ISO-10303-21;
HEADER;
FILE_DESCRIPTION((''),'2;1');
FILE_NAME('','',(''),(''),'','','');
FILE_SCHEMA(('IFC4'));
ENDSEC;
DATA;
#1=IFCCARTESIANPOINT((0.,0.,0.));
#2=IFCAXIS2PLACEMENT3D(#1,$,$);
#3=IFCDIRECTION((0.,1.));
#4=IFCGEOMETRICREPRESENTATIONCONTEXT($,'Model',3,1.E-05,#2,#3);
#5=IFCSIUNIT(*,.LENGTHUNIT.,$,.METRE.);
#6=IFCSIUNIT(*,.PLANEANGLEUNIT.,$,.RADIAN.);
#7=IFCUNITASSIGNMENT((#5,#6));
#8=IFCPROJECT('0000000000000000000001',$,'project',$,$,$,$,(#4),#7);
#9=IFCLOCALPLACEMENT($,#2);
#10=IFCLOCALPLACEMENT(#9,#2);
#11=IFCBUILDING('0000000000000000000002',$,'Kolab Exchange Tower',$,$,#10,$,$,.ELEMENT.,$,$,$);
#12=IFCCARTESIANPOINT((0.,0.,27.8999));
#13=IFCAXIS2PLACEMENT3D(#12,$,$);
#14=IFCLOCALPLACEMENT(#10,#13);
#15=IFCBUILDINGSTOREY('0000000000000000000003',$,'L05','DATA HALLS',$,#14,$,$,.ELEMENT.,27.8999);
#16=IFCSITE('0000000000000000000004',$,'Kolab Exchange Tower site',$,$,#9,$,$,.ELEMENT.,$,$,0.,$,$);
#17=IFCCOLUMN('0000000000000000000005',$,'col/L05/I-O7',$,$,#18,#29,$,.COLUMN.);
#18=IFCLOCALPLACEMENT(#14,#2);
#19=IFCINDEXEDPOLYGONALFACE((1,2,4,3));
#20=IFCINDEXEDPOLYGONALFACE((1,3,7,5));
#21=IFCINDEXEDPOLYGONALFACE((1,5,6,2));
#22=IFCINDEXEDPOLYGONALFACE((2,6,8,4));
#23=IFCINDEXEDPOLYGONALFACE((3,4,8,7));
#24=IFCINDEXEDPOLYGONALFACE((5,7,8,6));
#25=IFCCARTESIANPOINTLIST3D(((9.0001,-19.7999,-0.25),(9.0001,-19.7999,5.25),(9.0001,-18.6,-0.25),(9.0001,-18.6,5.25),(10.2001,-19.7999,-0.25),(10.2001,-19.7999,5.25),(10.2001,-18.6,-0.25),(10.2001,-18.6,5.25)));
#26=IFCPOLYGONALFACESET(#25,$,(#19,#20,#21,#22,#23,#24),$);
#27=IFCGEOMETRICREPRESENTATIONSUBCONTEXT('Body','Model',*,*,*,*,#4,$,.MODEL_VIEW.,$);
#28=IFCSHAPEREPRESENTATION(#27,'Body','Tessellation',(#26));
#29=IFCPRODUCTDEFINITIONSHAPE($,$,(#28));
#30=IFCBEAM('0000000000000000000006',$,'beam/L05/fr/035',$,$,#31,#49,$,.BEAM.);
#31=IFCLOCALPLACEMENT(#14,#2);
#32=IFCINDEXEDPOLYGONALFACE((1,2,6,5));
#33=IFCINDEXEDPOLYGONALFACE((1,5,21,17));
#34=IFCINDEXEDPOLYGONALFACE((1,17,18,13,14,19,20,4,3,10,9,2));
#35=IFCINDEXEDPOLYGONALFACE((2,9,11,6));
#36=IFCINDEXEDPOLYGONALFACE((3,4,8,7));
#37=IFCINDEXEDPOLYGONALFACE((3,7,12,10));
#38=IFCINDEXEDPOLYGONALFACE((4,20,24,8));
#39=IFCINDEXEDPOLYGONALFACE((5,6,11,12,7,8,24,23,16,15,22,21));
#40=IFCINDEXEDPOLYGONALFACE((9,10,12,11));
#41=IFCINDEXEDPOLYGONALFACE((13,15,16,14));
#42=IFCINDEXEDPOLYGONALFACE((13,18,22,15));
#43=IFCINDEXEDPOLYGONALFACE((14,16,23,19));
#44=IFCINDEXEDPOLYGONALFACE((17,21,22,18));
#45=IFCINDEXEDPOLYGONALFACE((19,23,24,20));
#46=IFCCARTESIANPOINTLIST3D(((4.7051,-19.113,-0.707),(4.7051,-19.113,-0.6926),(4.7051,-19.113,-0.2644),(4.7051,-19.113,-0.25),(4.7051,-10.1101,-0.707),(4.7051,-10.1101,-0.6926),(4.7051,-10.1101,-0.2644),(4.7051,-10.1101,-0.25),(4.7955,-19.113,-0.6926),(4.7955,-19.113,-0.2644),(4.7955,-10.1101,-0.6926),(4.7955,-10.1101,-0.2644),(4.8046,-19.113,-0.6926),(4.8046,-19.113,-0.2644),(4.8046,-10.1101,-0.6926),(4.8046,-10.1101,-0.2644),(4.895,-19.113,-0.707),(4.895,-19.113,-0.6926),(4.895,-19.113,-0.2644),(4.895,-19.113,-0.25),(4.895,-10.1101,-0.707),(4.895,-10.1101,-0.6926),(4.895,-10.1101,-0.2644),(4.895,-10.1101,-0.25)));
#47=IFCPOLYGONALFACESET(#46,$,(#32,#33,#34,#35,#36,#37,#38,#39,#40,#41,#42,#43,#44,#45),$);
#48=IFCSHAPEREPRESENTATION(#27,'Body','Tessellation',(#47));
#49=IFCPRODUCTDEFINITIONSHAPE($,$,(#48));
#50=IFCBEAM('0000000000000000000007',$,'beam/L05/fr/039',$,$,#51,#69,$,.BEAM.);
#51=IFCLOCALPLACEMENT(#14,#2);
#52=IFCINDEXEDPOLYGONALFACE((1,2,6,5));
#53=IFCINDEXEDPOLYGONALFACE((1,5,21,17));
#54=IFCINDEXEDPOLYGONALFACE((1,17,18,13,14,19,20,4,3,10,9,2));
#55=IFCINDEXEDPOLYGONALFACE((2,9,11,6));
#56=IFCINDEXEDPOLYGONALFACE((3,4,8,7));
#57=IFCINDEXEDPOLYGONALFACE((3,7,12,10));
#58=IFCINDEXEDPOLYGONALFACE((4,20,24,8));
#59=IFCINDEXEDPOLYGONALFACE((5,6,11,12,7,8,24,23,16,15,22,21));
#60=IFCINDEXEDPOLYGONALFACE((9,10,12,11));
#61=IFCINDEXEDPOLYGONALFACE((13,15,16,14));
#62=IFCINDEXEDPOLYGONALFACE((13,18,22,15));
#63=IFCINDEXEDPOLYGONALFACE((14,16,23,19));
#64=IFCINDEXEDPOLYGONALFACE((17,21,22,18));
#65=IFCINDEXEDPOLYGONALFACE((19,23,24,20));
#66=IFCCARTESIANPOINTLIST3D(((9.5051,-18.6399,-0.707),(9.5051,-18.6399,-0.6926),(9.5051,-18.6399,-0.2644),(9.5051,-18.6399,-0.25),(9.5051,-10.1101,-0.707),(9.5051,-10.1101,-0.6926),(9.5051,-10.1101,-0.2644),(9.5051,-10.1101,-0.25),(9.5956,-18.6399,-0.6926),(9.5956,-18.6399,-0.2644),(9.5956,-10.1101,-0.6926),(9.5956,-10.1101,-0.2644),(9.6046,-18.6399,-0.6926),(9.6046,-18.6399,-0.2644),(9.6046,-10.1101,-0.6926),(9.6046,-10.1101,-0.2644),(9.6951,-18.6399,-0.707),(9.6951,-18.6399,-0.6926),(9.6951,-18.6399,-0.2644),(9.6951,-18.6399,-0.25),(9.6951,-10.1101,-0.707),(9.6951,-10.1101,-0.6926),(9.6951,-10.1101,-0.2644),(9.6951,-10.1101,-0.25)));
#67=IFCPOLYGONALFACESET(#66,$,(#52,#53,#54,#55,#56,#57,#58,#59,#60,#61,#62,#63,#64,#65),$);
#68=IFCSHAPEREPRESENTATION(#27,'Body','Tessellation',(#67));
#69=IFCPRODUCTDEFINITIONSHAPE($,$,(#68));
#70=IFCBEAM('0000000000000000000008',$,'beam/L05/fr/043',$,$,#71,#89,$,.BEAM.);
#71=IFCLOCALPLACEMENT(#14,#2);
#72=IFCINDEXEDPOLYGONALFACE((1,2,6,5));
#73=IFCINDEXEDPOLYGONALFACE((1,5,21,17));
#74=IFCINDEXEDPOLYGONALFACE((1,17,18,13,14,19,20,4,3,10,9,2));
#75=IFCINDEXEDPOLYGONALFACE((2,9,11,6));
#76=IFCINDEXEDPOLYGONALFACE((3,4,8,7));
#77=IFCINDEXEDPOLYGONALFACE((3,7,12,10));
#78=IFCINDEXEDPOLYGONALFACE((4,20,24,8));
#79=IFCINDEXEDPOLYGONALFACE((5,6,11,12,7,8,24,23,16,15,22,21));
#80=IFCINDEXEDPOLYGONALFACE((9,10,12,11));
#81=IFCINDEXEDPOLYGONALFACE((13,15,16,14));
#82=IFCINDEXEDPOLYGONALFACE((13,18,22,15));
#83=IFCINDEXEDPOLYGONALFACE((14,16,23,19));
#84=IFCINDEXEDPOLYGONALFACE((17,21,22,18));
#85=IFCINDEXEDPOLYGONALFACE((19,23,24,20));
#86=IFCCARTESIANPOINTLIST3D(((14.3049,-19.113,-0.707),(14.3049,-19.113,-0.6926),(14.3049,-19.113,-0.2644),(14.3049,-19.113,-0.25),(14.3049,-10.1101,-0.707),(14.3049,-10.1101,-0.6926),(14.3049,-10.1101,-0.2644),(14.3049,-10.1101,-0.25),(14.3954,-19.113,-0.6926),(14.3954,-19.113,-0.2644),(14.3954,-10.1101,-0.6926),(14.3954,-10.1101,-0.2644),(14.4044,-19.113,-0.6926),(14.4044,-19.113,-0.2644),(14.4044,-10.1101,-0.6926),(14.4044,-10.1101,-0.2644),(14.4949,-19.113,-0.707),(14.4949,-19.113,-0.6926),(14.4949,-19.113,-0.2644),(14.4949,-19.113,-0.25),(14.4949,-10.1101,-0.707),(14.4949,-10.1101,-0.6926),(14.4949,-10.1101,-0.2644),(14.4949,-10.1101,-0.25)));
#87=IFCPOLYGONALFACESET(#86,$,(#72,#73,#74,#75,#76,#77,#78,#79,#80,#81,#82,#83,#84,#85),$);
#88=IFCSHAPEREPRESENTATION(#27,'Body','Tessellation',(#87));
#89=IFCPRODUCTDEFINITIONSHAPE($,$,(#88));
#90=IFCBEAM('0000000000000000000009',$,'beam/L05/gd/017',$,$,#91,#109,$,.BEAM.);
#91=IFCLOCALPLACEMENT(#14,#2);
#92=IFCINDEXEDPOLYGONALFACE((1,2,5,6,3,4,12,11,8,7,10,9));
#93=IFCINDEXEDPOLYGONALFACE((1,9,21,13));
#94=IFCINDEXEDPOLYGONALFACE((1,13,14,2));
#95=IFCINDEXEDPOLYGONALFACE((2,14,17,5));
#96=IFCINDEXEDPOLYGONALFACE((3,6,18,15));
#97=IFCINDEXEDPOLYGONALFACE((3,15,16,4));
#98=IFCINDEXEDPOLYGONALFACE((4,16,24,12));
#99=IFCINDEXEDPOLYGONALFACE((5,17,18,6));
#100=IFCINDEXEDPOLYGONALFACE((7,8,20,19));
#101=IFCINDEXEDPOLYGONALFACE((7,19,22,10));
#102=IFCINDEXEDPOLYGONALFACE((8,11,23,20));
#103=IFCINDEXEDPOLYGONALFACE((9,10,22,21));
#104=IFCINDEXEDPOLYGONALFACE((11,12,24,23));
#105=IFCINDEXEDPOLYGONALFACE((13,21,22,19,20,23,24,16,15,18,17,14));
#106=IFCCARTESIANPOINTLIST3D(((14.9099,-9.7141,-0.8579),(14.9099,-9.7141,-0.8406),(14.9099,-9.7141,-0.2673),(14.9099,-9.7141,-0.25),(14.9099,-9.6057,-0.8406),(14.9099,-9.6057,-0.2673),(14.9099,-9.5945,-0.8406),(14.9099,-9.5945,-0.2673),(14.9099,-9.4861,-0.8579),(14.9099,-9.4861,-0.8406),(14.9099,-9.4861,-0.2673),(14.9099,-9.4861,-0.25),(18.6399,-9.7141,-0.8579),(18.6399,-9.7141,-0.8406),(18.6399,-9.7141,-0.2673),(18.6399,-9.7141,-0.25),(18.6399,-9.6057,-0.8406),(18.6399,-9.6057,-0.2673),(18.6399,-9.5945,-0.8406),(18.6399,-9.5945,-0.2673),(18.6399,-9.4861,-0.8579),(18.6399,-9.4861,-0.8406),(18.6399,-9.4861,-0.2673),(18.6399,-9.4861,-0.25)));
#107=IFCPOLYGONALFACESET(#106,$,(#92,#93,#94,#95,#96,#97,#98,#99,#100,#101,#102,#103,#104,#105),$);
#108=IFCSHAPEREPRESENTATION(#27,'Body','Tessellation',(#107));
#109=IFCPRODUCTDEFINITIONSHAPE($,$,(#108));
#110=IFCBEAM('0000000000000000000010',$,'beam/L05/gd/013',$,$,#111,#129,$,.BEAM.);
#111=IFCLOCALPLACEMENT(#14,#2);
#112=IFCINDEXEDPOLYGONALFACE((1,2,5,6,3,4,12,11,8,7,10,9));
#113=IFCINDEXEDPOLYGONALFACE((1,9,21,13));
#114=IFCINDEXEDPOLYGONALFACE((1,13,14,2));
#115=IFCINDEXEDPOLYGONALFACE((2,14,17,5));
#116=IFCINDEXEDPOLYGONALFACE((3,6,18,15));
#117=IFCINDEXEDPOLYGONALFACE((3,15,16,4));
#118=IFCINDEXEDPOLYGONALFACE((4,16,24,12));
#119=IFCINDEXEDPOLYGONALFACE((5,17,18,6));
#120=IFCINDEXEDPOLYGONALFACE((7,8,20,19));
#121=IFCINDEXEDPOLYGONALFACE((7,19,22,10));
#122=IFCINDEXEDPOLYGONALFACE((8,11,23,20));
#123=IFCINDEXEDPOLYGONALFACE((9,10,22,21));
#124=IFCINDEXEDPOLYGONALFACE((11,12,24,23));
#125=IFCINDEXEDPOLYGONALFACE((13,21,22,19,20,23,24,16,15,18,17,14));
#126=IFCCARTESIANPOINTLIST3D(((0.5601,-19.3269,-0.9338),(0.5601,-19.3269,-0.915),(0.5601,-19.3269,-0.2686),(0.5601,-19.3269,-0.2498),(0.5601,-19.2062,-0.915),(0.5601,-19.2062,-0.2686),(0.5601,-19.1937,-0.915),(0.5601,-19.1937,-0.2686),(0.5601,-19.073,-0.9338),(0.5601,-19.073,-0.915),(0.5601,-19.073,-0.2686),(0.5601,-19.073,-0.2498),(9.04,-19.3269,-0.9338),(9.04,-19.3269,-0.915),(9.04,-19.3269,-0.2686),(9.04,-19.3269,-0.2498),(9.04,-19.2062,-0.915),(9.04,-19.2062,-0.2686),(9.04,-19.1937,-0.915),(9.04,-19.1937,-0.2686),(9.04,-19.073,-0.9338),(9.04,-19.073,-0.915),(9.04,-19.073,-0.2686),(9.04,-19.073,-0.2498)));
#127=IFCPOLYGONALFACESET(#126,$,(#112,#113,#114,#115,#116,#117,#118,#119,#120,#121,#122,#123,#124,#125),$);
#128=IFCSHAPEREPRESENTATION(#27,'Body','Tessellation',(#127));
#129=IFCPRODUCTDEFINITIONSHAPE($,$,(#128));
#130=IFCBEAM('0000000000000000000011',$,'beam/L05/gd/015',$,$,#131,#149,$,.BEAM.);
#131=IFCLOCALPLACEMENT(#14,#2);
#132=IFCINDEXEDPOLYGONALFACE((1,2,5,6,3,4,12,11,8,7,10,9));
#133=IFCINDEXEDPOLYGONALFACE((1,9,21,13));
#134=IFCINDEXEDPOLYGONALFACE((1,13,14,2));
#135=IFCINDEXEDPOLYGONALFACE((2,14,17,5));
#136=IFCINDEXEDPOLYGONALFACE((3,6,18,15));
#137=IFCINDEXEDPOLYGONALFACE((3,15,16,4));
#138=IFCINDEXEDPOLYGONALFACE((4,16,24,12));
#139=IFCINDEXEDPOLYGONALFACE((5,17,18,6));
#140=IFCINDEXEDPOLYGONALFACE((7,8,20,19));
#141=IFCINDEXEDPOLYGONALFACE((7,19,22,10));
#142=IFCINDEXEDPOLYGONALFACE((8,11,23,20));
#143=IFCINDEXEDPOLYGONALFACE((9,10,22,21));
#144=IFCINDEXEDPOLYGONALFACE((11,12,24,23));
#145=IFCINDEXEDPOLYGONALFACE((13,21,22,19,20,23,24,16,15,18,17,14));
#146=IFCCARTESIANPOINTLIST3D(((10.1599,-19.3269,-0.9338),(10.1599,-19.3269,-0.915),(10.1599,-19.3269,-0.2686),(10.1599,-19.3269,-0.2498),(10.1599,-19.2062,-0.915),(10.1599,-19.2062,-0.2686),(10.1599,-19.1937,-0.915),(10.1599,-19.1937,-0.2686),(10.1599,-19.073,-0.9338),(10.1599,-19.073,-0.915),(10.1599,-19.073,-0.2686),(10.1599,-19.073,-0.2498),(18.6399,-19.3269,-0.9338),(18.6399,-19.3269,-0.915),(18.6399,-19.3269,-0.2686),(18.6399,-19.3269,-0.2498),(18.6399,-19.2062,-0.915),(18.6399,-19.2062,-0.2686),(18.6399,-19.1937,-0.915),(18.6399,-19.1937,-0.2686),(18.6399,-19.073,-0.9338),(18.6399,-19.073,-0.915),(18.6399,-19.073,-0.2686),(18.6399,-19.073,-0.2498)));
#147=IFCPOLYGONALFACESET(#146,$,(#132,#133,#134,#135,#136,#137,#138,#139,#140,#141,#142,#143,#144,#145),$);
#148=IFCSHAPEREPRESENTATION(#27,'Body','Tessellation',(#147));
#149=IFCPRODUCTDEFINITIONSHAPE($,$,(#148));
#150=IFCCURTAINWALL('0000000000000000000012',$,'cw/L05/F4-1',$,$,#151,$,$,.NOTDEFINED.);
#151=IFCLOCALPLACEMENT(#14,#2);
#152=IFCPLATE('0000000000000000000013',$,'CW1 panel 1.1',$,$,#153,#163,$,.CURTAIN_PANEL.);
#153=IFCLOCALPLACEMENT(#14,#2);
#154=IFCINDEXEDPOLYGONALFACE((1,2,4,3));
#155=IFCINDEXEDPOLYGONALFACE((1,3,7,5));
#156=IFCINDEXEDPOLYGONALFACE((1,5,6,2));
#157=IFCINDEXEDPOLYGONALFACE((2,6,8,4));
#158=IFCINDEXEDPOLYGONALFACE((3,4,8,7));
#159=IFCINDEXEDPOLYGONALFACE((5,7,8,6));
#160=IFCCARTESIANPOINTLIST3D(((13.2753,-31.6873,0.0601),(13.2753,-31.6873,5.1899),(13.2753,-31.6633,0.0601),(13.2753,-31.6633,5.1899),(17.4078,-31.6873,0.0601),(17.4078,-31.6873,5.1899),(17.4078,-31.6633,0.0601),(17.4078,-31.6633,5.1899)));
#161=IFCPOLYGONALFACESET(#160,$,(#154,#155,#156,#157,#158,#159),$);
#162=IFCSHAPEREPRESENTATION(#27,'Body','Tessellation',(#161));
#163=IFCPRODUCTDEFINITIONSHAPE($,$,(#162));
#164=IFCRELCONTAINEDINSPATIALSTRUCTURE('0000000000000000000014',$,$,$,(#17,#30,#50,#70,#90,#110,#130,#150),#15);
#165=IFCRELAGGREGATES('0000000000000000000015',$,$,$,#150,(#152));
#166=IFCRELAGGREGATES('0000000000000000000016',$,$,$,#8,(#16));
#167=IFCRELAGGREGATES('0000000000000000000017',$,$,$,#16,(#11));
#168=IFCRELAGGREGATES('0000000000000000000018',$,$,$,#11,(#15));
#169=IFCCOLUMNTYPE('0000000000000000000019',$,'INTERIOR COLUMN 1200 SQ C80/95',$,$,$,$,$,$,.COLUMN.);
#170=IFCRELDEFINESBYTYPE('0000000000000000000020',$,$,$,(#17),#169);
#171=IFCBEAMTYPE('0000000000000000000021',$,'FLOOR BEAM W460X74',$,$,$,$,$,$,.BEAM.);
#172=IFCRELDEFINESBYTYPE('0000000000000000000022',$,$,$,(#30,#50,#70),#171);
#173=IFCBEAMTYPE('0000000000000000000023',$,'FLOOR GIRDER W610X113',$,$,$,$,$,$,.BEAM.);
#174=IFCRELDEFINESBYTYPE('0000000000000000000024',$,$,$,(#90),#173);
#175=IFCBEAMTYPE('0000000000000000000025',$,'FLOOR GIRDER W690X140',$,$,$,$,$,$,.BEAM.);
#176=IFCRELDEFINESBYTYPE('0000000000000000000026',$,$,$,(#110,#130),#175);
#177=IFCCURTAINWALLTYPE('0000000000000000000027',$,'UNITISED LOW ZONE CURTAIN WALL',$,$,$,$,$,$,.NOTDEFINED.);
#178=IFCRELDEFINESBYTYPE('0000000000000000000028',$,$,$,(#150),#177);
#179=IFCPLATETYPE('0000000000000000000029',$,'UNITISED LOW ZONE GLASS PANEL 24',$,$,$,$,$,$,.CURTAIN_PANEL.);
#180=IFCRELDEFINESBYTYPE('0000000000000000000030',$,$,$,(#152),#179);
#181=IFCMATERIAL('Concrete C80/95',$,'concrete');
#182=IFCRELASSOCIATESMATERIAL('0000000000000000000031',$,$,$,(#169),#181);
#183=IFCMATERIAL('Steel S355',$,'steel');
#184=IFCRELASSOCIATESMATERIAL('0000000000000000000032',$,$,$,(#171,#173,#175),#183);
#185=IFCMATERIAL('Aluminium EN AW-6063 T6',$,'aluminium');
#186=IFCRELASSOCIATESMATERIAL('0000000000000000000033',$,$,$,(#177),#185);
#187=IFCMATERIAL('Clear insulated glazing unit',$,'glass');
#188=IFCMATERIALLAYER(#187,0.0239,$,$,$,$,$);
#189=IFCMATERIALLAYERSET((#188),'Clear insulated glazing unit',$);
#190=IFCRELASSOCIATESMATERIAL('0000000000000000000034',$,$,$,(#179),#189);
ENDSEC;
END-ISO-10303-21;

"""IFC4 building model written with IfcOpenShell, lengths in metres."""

from ifc_helpers import new_model, si_unit, direction, frame, origin, origin_2d, place, context, subcontext, project, spatial, rectangle, i_section, extrude, material, layer, layer_set, material_profile, profile_set, type_object, element, aggregate, save


model = new_model("IFC4")

# Units and contexts
model_context = context("Model", 3, precision=1e-05, world=origin(), true_north=direction((0.0, 1.0)))
body_context = subcontext(model_context, "Body", "Model", "MODEL_VIEW")
ifc_project = project(units=[si_unit("LENGTHUNIT", "METRE"), si_unit("PLANEANGLEUNIT", "RADIAN")], contexts=[model_context])

# Site, building, storey
site_placement = place(None, origin())
site = spatial("IfcSite", under=ifc_project, at=site_placement, Name="Kolab Exchange Tower site", CompositionType="ELEMENT", RefElevation=0.0)
building_placement = place(site_placement, origin())
building = spatial("IfcBuilding", under=site, at=building_placement, Name="Kolab Exchange Tower", CompositionType="ELEMENT")
storey_placement = place(building_placement, frame((0.0, 0.0, 27.8999)))
storey = spatial("IfcBuildingStorey", under=building, at=storey_placement, Name="L05", Description="DATA HALLS", CompositionType="ELEMENT", Elevation=27.8999)

# Column
ifc_material_1 = material(Name="Concrete C80/95", Category="concrete")
ifc_material_profile_1 = material_profile(ifc_material_1, rectangle(XDim=1.2, YDim=1.2, at=origin_2d()), Name="RC1200")
ifc_profile_set_1 = profile_set([ifc_material_profile_1], Name="Concrete C80/95")
column_type = type_object("IfcColumnType", Name="INTERIOR COLUMN 1200 SQ C80/95", PredefinedType="COLUMN", material=ifc_profile_set_1)
column_placement = place(storey_placement, frame((9.6001, -19.2, -0.25), z_axis=(0.0, 0.0, 1.0), x_axis=(1.0, 0.0, 0.0)))
element("IfcColumn", 1, at=column_placement, inside=storey, type_object=column_type, Name="col/L05/I-O7", PredefinedType="COLUMN", context=body_context, shape_type="SweptSolid", body=[
    extrude(rectangle(XDim=1.2, YDim=1.2, at=origin_2d()), origin(), (0.0, 0.0, 1.0), 5.5),
])

# Beams
ifc_material_2 = material(Name="Steel S355", Category="steel")
ifc_material_profile_2 = material_profile(ifc_material_2, i_section(OverallWidth=0.1899, OverallDepth=0.457, WebThickness=0.009, FlangeThickness=0.0144, at=origin_2d()), Name="W460X74")
ifc_profile_set_2 = profile_set([ifc_material_profile_2], Name="Steel S355")
beam_type_1 = type_object("IfcBeamType", Name="FLOOR BEAM W460X74", PredefinedType="BEAM", material=ifc_profile_set_2)
beam_1_placement = place(storey_placement, frame((4.8, -19.113, -0.4785), z_axis=(0.0, 1.0, 0.0), x_axis=(-1.0, 0.0, 0.0)))
element("IfcBeam", 2, at=beam_1_placement, inside=storey, type_object=beam_type_1, Name="beam/L05/fr/035", PredefinedType="BEAM", context=body_context, shape_type="SweptSolid", body=[
    extrude(i_section(OverallWidth=0.1899, OverallDepth=0.457, WebThickness=0.009, FlangeThickness=0.0144, at=origin_2d()), origin(), (0.0, 0.0, 1.0), 9.0029),
])
beam_2_placement = place(storey_placement, frame((9.6001, -18.6399, -0.4785), z_axis=(0.0, 1.0, 0.0), x_axis=(-1.0, 0.0, 0.0)))
element("IfcBeam", 3, at=beam_2_placement, inside=storey, type_object=beam_type_1, Name="beam/L05/fr/039", PredefinedType="BEAM", context=body_context, shape_type="SweptSolid", body=[
    extrude(i_section(OverallWidth=0.1899, OverallDepth=0.457, WebThickness=0.009, FlangeThickness=0.0144, at=origin_2d()), origin(), (0.0, 0.0, 1.0), 8.5298),
])
beam_3_placement = place(storey_placement, frame((14.3999, -19.113, -0.4785), z_axis=(0.0, 1.0, 0.0), x_axis=(-1.0, 0.0, 0.0)))
element("IfcBeam", 4, at=beam_3_placement, inside=storey, type_object=beam_type_1, Name="beam/L05/fr/043", PredefinedType="BEAM", context=body_context, shape_type="SweptSolid", body=[
    extrude(i_section(OverallWidth=0.1899, OverallDepth=0.457, WebThickness=0.009, FlangeThickness=0.0144, at=origin_2d()), origin(), (0.0, 0.0, 1.0), 9.0029),
])
ifc_material_profile_3 = material_profile(ifc_material_2, i_section(OverallWidth=0.228, OverallDepth=0.6079, WebThickness=0.0112, FlangeThickness=0.0173, at=origin_2d()), Name="W610X113")
ifc_profile_set_3 = profile_set([ifc_material_profile_3], Name="Steel S355")
beam_type_2 = type_object("IfcBeamType", Name="FLOOR GIRDER W610X113", PredefinedType="BEAM", material=ifc_profile_set_3)
beam_4_placement = place(storey_placement, frame((14.9099, -9.6001, -0.554), z_axis=(1.0, 0.0, 0.0), x_axis=(0.0, 1.0, 0.0)))
element("IfcBeam", 5, at=beam_4_placement, inside=storey, type_object=beam_type_2, Name="beam/L05/gd/017", PredefinedType="BEAM", context=body_context, shape_type="SweptSolid", body=[
    extrude(i_section(OverallWidth=0.228, OverallDepth=0.6079, WebThickness=0.0112, FlangeThickness=0.0173, at=origin_2d()), origin(), (0.0, 0.0, 1.0), 3.73),
])
ifc_material_profile_4 = material_profile(ifc_material_2, i_section(OverallWidth=0.2539, OverallDepth=0.6841, WebThickness=0.0125, FlangeThickness=0.0188, at=origin_2d()), Name="W690X140")
ifc_profile_set_4 = profile_set([ifc_material_profile_4], Name="Steel S355")
beam_type_3 = type_object("IfcBeamType", Name="FLOOR GIRDER W690X140", PredefinedType="BEAM", material=ifc_profile_set_4)
for number, where, z_axis, x_axis, name in (
    (6, (0.5601, -19.2, -0.5918), (1.0, 0.0, 0.0), (0.0, 1.0, 0.0), "beam/L05/gd/013"),
    (7, (10.1599, -19.2, -0.5918), (1.0, 0.0, 0.0), (0.0, 1.0, 0.0), "beam/L05/gd/015"),
):
    element("IfcBeam", number, at=place(storey_placement, frame(where, z_axis=z_axis, x_axis=x_axis)), inside=storey, type_object=beam_type_3, Name=name, PredefinedType="BEAM", context=body_context, shape_type="SweptSolid", body=[
        extrude(i_section(OverallWidth=0.2539, OverallDepth=0.6841, WebThickness=0.0125, FlangeThickness=0.0188, at=origin_2d()), origin(), (0.0, 0.0, 1.0), 8.48),
    ])

# Curtain wall, plate
ifc_material_3 = material(Name="Aluminium EN AW-6063 T6", Category="aluminium")
curtain_wall_type = type_object("IfcCurtainWallType", Name="UNITISED LOW ZONE CURTAIN WALL", PredefinedType="NOTDEFINED", material=ifc_material_3)
curtain_wall_placement = place(storey_placement, origin())
curtain_wall = element("IfcCurtainWall", 8, at=curtain_wall_placement, inside=storey, type_object=curtain_wall_type, Name="cw/L05/F4-1", PredefinedType="NOTDEFINED")
ifc_material_4 = material(Name="Clear insulated glazing unit", Category="glass")
ifc_layer_1 = layer(ifc_material_4, 0.0239)
ifc_layer_set_1 = layer_set([ifc_layer_1], Name="Clear insulated glazing unit")
plate_type = type_object("IfcPlateType", Name="UNITISED LOW ZONE GLASS PANEL 24", PredefinedType="CURTAIN_PANEL", material=ifc_layer_set_1)
plate_placement = place(storey_placement, frame((15.3416, -31.6753, 0.0601), z_axis=(0.0, 0.0, 1.0), x_axis=(-1.0, 0.0, 0.0)))
plate = element("IfcPlate", 9, at=plate_placement, type_object=plate_type, Name="CW1 panel 1.1", PredefinedType="CURTAIN_PANEL", context=body_context, shape_type="SweptSolid", body=[
    extrude(rectangle(XDim=4.1326, YDim=0.0239, at=origin_2d()), origin(), (0.0, 0.0, 1.0), 5.1299),
])
aggregate(curtain_wall, [plate])

save(model, "model.ifc")
